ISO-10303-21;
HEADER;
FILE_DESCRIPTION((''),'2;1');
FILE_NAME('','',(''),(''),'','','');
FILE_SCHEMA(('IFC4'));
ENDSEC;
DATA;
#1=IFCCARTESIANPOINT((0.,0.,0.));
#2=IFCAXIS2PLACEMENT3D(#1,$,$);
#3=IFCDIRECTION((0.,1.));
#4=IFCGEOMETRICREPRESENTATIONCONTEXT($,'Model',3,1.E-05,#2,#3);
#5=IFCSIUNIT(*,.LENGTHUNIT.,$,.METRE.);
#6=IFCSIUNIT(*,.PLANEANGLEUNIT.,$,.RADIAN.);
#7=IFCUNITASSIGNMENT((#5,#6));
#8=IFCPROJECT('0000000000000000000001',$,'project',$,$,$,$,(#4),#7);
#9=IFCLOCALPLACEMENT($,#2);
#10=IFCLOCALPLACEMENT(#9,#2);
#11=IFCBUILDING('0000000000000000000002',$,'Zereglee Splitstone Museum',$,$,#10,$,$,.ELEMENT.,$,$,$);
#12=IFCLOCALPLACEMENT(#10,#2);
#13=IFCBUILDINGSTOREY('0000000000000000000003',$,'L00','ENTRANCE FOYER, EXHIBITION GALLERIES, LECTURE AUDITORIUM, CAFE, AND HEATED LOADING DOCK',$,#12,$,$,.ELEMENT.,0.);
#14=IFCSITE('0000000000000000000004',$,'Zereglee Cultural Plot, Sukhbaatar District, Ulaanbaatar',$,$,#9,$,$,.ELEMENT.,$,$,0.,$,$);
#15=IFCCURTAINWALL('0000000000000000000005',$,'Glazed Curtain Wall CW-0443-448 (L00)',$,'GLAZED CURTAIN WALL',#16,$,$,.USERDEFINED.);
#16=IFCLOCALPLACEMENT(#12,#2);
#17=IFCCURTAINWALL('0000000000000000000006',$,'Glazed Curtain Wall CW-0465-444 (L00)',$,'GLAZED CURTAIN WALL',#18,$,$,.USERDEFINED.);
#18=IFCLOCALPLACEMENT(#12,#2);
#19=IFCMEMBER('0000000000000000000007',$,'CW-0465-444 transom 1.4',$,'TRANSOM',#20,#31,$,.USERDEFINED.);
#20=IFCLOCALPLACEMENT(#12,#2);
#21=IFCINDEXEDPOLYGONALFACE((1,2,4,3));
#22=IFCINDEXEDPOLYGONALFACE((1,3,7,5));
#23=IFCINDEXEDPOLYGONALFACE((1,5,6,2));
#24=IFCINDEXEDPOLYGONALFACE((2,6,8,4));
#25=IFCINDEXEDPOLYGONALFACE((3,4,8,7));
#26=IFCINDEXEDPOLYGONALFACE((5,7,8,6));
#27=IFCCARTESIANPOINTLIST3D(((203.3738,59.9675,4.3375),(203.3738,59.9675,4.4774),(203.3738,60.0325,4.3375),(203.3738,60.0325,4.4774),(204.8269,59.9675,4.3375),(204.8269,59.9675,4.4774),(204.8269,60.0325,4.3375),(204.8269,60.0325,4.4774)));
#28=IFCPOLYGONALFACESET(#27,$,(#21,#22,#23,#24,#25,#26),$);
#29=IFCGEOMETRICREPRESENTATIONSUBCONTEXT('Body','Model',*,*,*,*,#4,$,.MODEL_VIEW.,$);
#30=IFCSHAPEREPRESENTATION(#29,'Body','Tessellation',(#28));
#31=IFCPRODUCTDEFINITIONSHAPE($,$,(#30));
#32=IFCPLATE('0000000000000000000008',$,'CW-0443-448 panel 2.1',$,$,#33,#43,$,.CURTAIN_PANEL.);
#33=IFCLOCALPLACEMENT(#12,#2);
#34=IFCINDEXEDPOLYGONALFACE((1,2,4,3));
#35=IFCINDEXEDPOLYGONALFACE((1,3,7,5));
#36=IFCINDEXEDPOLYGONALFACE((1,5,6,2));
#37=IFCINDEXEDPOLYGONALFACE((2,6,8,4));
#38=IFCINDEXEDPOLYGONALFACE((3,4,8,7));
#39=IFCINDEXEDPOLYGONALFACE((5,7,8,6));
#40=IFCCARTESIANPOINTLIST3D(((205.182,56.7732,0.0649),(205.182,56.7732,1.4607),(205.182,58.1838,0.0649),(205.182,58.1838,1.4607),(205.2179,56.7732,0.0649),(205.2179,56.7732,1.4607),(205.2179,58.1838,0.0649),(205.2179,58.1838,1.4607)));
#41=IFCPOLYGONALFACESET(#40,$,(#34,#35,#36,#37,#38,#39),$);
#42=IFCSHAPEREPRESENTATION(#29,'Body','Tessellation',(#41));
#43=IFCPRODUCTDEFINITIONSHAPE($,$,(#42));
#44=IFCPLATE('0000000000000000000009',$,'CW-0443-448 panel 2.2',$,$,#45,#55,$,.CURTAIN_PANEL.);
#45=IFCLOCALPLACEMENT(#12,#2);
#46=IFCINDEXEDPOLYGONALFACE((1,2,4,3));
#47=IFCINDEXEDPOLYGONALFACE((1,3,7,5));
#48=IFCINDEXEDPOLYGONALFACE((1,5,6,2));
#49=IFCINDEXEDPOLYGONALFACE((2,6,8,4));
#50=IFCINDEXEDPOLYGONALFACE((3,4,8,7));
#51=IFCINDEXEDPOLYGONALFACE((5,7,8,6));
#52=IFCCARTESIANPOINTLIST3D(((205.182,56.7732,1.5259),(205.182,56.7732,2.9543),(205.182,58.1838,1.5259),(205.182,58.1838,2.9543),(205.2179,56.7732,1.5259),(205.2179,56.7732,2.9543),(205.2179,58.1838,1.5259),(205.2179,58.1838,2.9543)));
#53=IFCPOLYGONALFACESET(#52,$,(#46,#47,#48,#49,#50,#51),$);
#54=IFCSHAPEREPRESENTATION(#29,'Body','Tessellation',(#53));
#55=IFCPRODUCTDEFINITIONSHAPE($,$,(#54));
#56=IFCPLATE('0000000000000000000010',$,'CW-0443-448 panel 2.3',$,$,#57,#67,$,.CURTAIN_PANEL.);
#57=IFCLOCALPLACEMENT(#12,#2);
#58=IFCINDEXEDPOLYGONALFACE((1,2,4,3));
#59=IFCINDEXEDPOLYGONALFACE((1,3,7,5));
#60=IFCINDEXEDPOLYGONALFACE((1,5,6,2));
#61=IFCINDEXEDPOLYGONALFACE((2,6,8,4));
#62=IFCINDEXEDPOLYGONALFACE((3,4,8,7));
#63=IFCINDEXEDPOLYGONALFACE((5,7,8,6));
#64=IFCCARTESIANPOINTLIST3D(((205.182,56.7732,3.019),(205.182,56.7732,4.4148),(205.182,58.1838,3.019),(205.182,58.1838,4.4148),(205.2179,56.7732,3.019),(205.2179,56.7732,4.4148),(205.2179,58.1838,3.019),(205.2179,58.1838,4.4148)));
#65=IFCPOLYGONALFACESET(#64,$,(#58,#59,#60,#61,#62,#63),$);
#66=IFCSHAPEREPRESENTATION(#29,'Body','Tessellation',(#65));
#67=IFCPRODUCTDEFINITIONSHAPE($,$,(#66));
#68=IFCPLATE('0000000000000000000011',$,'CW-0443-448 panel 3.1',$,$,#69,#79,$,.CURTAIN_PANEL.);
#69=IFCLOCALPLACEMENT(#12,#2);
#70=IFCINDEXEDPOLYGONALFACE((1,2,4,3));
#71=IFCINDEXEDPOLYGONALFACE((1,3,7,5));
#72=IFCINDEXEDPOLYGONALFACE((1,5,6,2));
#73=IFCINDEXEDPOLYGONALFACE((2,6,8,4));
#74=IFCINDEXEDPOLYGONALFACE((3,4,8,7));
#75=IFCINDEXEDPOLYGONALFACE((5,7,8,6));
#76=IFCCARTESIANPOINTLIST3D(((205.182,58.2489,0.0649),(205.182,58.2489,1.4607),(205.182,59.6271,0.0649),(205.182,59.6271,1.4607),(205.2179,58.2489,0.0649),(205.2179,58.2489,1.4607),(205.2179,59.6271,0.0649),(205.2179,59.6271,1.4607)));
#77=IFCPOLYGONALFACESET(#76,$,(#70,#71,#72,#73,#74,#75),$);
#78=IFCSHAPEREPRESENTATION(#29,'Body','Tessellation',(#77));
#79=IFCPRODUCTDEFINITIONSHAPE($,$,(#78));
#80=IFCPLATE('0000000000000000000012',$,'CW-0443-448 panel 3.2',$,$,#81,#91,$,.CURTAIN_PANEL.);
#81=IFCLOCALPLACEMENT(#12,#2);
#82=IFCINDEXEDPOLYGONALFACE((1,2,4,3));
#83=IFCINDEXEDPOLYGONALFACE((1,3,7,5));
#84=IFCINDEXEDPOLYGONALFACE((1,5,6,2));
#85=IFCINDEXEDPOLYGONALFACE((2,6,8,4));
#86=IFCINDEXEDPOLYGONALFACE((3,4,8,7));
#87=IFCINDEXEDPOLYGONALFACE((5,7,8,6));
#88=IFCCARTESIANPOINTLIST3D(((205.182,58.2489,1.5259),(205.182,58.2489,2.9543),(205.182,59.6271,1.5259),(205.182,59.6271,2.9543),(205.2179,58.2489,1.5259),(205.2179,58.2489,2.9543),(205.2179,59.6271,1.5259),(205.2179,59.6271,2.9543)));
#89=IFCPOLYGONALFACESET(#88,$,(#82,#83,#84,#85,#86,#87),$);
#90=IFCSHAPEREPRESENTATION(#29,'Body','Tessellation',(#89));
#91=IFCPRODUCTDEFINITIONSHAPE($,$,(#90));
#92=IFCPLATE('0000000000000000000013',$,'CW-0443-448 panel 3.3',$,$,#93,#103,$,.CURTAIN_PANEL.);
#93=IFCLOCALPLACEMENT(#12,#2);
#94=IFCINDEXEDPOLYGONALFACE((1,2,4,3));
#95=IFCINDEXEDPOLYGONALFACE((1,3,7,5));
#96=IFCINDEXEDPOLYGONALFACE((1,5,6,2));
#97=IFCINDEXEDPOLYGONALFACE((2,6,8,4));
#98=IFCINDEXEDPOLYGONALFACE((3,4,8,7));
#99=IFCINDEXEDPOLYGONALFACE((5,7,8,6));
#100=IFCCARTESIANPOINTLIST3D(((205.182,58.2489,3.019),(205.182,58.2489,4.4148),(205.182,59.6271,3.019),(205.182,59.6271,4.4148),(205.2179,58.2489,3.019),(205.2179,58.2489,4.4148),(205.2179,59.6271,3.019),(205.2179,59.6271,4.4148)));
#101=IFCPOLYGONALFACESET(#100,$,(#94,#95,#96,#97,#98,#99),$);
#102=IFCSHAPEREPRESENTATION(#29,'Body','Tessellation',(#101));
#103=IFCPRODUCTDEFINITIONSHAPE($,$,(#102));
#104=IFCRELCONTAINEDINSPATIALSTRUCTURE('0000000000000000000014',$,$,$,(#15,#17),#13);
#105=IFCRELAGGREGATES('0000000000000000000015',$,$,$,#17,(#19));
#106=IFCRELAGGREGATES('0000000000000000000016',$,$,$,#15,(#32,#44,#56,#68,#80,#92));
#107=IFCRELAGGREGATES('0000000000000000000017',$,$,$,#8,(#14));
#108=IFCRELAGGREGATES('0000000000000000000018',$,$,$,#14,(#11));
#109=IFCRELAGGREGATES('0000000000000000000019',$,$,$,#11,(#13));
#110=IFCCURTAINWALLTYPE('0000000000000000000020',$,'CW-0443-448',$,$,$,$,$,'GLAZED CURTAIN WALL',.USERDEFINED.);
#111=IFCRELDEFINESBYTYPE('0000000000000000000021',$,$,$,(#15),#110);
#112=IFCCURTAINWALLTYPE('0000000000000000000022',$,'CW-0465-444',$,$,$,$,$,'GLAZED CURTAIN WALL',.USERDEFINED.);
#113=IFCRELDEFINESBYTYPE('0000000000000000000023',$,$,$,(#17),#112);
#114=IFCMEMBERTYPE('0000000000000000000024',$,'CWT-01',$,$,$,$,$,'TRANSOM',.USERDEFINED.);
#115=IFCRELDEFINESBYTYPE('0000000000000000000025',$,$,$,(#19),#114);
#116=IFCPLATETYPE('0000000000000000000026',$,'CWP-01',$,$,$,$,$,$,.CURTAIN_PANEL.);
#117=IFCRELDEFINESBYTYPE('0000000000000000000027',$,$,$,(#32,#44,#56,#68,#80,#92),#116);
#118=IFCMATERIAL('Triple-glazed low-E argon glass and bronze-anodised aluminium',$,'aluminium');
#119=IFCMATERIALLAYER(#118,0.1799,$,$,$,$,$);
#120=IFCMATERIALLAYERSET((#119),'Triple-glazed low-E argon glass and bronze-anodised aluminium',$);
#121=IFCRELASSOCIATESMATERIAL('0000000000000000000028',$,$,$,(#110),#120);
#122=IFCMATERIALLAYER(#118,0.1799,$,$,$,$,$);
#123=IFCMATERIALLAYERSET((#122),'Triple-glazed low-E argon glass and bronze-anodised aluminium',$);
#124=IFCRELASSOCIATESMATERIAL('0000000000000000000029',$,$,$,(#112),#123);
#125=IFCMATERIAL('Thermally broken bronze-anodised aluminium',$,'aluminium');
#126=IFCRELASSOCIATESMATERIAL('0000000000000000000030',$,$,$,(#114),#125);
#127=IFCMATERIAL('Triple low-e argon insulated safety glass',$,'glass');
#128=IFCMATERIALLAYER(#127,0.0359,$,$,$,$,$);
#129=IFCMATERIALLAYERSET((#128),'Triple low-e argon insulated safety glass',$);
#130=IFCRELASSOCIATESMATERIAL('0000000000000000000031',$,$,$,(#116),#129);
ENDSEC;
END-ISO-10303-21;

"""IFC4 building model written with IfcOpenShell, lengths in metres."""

from ifc_helpers import new_model, si_unit, direction, frame, origin, origin_2d, place, context, subcontext, project, spatial, rectangle, extrude, material, layer, layer_set, material_profile, profile_set, type_object, element, aggregate, save


model = new_model("IFC4")

# Units and contexts
model_context = context("Model", 3, precision=1e-05, world=origin(), true_north=direction((0.0, 1.0)))
body_context = subcontext(model_context, "Body", "Model", "MODEL_VIEW")
ifc_project = project(units=[si_unit("LENGTHUNIT", "METRE"), si_unit("PLANEANGLEUNIT", "RADIAN")], contexts=[model_context])

# Site, building, storey
site_placement = place(None, origin())
site = spatial("IfcSite", under=ifc_project, at=site_placement, Name="Zereglee Cultural Plot, Sukhbaatar District, Ulaanbaatar", CompositionType="ELEMENT", RefElevation=0.0)
building_placement = place(site_placement, origin())
building = spatial("IfcBuilding", under=site, at=building_placement, Name="Zereglee Splitstone Museum", CompositionType="ELEMENT")
storey_placement = place(building_placement, origin())
storey = spatial("IfcBuildingStorey", under=building, at=storey_placement, Name="L00", Description="ENTRANCE FOYER, EXHIBITION GALLERIES, LECTURE AUDITORIUM, CAFE, AND HEATED LOADING DOCK", CompositionType="ELEMENT", Elevation=0.0)

# Curtain wall
ifc_material_1 = material(Name="Triple-glazed low-E argon glass and bronze-anodised aluminium", Category="aluminium")
ifc_layer_1 = layer(ifc_material_1, 0.1799)
ifc_layer_set_1 = layer_set([ifc_layer_1], Name="Triple-glazed low-E argon glass and bronze-anodised aluminium")
curtain_wall_type_1 = type_object("IfcCurtainWallType", Name="CW-0443-448", ElementType="GLAZED CURTAIN WALL", PredefinedType="USERDEFINED", material=ifc_layer_set_1)
curtain_wall_1_placement = place(storey_placement, origin())
curtain_wall_1 = element("IfcCurtainWall", 1, at=curtain_wall_1_placement, inside=storey, type_object=curtain_wall_type_1, Name="Glazed Curtain Wall CW-0443-448 (L00)", ObjectType="GLAZED CURTAIN WALL", PredefinedType="USERDEFINED")
ifc_material_2 = material(Name="Thermally broken bronze-anodised aluminium", Category="aluminium")

# Curtain wall
ifc_layer_2 = layer(ifc_material_1, 0.1799)
ifc_layer_set_2 = layer_set([ifc_layer_2], Name="Triple-glazed low-E argon glass and bronze-anodised aluminium")
curtain_wall_type_2 = type_object("IfcCurtainWallType", Name="CW-0465-444", ElementType="GLAZED CURTAIN WALL", PredefinedType="USERDEFINED", material=ifc_layer_set_2)
curtain_wall_2_placement = place(storey_placement, origin())
curtain_wall_2 = element("IfcCurtainWall", 2, at=curtain_wall_2_placement, inside=storey, type_object=curtain_wall_type_2, Name="Glazed Curtain Wall CW-0465-444 (L00)", ObjectType="GLAZED CURTAIN WALL", PredefinedType="USERDEFINED")

# Member
ifc_material_profile_1 = material_profile(ifc_material_2, rectangle(XDim=0.0649, YDim=0.1399, at=origin_2d()), Name="CW TRAN 65x140")
ifc_profile_set_1 = profile_set([ifc_material_profile_1], Name="Thermally broken bronze-anodised aluminium")
member_type_1 = type_object("IfcMemberType", Name="CWT-01", ElementType="TRANSOM", PredefinedType="USERDEFINED", material=ifc_profile_set_1)
member_1_placement = place(storey_placement, frame((204.8269, 60.0, 4.4075), z_axis=(-1.0, 0.0, 0.0), x_axis=(0.0, -1.0, 0.0)))
member_1 = element("IfcMember", 3, at=member_1_placement, type_object=member_type_1, Name="CW-0465-444 transom 1.4", ObjectType="TRANSOM", PredefinedType="USERDEFINED", context=body_context, shape_type="SweptSolid", body=[
    extrude(rectangle(XDim=0.0649, YDim=0.1399, at=origin_2d()), origin(), (0.0, 0.0, 1.0), 1.4531),
])
aggregate(curtain_wall_2, [member_1])

# Plates
ifc_material_3 = material(Name="Triple low-e argon insulated safety glass", Category="glass")
ifc_layer_3 = layer(ifc_material_3, 0.0359)
ifc_layer_set_3 = layer_set([ifc_layer_3], Name="Triple low-e argon insulated safety glass")
plate_type = type_object("IfcPlateType", Name="CWP-01", PredefinedType="CURTAIN_PANEL", material=ifc_layer_set_3)
plate_1_placement = place(storey_placement, frame((205.2, 57.4785, 0.0649), z_axis=(0.0, 0.0, 1.0), x_axis=(0.0, 1.0, 0.0)))
plate_1 = element("IfcPlate", 4, at=plate_1_placement, type_object=plate_type, Name="CW-0443-448 panel 2.1", PredefinedType="CURTAIN_PANEL", context=body_context, shape_type="SweptSolid", body=[
    extrude(rectangle(XDim=1.4106, YDim=0.0359, at=origin_2d()), origin(), (0.0, 0.0, 1.0), 1.3958),
])
plate_2_placement = place(storey_placement, frame((205.2, 57.4785, 1.5259), z_axis=(0.0, 0.0, 1.0), x_axis=(0.0, 1.0, 0.0)))
plate_2 = element("IfcPlate", 5, at=plate_2_placement, type_object=plate_type, Name="CW-0443-448 panel 2.2", PredefinedType="CURTAIN_PANEL", context=body_context, shape_type="SweptSolid", body=[
    extrude(rectangle(XDim=1.4106, YDim=0.0359, at=origin_2d()), origin(), (0.0, 0.0, 1.0), 1.4285),
])
plate_3_placement = place(storey_placement, frame((205.2, 57.4785, 3.019), z_axis=(0.0, 0.0, 1.0), x_axis=(0.0, 1.0, 0.0)))
plate_3 = element("IfcPlate", 6, at=plate_3_placement, type_object=plate_type, Name="CW-0443-448 panel 2.3", PredefinedType="CURTAIN_PANEL", context=body_context, shape_type="SweptSolid", body=[
    extrude(rectangle(XDim=1.4106, YDim=0.0359, at=origin_2d()), origin(), (0.0, 0.0, 1.0), 1.3958),
])
plate_4_placement = place(storey_placement, frame((205.2, 58.938, 0.0649), z_axis=(0.0, 0.0, 1.0), x_axis=(0.0, 1.0, 0.0)))
plate_4 = element("IfcPlate", 7, at=plate_4_placement, type_object=plate_type, Name="CW-0443-448 panel 3.1", PredefinedType="CURTAIN_PANEL", context=body_context, shape_type="SweptSolid", body=[
    extrude(rectangle(XDim=1.3782, YDim=0.0359, at=origin_2d()), origin(), (0.0, 0.0, 1.0), 1.3958),
])
plate_5_placement = place(storey_placement, frame((205.2, 58.938, 1.5259), z_axis=(0.0, 0.0, 1.0), x_axis=(0.0, 1.0, 0.0)))
plate_5 = element("IfcPlate", 8, at=plate_5_placement, type_object=plate_type, Name="CW-0443-448 panel 3.2", PredefinedType="CURTAIN_PANEL", context=body_context, shape_type="SweptSolid", body=[
    extrude(rectangle(XDim=1.3782, YDim=0.0359, at=origin_2d()), origin(), (0.0, 0.0, 1.0), 1.4285),
])
plate_6_placement = place(storey_placement, frame((205.2, 58.938, 3.019), z_axis=(0.0, 0.0, 1.0), x_axis=(0.0, 1.0, 0.0)))
plate_6 = element("IfcPlate", 9, at=plate_6_placement, type_object=plate_type, Name="CW-0443-448 panel 3.3", PredefinedType="CURTAIN_PANEL", context=body_context, shape_type="SweptSolid", body=[
    extrude(rectangle(XDim=1.3782, YDim=0.0359, at=origin_2d()), origin(), (0.0, 0.0, 1.0), 1.3958),
])
aggregate(curtain_wall_1, [plate_1, plate_2, plate_3, plate_4, plate_5, plate_6])

save(model, "model.ifc")
